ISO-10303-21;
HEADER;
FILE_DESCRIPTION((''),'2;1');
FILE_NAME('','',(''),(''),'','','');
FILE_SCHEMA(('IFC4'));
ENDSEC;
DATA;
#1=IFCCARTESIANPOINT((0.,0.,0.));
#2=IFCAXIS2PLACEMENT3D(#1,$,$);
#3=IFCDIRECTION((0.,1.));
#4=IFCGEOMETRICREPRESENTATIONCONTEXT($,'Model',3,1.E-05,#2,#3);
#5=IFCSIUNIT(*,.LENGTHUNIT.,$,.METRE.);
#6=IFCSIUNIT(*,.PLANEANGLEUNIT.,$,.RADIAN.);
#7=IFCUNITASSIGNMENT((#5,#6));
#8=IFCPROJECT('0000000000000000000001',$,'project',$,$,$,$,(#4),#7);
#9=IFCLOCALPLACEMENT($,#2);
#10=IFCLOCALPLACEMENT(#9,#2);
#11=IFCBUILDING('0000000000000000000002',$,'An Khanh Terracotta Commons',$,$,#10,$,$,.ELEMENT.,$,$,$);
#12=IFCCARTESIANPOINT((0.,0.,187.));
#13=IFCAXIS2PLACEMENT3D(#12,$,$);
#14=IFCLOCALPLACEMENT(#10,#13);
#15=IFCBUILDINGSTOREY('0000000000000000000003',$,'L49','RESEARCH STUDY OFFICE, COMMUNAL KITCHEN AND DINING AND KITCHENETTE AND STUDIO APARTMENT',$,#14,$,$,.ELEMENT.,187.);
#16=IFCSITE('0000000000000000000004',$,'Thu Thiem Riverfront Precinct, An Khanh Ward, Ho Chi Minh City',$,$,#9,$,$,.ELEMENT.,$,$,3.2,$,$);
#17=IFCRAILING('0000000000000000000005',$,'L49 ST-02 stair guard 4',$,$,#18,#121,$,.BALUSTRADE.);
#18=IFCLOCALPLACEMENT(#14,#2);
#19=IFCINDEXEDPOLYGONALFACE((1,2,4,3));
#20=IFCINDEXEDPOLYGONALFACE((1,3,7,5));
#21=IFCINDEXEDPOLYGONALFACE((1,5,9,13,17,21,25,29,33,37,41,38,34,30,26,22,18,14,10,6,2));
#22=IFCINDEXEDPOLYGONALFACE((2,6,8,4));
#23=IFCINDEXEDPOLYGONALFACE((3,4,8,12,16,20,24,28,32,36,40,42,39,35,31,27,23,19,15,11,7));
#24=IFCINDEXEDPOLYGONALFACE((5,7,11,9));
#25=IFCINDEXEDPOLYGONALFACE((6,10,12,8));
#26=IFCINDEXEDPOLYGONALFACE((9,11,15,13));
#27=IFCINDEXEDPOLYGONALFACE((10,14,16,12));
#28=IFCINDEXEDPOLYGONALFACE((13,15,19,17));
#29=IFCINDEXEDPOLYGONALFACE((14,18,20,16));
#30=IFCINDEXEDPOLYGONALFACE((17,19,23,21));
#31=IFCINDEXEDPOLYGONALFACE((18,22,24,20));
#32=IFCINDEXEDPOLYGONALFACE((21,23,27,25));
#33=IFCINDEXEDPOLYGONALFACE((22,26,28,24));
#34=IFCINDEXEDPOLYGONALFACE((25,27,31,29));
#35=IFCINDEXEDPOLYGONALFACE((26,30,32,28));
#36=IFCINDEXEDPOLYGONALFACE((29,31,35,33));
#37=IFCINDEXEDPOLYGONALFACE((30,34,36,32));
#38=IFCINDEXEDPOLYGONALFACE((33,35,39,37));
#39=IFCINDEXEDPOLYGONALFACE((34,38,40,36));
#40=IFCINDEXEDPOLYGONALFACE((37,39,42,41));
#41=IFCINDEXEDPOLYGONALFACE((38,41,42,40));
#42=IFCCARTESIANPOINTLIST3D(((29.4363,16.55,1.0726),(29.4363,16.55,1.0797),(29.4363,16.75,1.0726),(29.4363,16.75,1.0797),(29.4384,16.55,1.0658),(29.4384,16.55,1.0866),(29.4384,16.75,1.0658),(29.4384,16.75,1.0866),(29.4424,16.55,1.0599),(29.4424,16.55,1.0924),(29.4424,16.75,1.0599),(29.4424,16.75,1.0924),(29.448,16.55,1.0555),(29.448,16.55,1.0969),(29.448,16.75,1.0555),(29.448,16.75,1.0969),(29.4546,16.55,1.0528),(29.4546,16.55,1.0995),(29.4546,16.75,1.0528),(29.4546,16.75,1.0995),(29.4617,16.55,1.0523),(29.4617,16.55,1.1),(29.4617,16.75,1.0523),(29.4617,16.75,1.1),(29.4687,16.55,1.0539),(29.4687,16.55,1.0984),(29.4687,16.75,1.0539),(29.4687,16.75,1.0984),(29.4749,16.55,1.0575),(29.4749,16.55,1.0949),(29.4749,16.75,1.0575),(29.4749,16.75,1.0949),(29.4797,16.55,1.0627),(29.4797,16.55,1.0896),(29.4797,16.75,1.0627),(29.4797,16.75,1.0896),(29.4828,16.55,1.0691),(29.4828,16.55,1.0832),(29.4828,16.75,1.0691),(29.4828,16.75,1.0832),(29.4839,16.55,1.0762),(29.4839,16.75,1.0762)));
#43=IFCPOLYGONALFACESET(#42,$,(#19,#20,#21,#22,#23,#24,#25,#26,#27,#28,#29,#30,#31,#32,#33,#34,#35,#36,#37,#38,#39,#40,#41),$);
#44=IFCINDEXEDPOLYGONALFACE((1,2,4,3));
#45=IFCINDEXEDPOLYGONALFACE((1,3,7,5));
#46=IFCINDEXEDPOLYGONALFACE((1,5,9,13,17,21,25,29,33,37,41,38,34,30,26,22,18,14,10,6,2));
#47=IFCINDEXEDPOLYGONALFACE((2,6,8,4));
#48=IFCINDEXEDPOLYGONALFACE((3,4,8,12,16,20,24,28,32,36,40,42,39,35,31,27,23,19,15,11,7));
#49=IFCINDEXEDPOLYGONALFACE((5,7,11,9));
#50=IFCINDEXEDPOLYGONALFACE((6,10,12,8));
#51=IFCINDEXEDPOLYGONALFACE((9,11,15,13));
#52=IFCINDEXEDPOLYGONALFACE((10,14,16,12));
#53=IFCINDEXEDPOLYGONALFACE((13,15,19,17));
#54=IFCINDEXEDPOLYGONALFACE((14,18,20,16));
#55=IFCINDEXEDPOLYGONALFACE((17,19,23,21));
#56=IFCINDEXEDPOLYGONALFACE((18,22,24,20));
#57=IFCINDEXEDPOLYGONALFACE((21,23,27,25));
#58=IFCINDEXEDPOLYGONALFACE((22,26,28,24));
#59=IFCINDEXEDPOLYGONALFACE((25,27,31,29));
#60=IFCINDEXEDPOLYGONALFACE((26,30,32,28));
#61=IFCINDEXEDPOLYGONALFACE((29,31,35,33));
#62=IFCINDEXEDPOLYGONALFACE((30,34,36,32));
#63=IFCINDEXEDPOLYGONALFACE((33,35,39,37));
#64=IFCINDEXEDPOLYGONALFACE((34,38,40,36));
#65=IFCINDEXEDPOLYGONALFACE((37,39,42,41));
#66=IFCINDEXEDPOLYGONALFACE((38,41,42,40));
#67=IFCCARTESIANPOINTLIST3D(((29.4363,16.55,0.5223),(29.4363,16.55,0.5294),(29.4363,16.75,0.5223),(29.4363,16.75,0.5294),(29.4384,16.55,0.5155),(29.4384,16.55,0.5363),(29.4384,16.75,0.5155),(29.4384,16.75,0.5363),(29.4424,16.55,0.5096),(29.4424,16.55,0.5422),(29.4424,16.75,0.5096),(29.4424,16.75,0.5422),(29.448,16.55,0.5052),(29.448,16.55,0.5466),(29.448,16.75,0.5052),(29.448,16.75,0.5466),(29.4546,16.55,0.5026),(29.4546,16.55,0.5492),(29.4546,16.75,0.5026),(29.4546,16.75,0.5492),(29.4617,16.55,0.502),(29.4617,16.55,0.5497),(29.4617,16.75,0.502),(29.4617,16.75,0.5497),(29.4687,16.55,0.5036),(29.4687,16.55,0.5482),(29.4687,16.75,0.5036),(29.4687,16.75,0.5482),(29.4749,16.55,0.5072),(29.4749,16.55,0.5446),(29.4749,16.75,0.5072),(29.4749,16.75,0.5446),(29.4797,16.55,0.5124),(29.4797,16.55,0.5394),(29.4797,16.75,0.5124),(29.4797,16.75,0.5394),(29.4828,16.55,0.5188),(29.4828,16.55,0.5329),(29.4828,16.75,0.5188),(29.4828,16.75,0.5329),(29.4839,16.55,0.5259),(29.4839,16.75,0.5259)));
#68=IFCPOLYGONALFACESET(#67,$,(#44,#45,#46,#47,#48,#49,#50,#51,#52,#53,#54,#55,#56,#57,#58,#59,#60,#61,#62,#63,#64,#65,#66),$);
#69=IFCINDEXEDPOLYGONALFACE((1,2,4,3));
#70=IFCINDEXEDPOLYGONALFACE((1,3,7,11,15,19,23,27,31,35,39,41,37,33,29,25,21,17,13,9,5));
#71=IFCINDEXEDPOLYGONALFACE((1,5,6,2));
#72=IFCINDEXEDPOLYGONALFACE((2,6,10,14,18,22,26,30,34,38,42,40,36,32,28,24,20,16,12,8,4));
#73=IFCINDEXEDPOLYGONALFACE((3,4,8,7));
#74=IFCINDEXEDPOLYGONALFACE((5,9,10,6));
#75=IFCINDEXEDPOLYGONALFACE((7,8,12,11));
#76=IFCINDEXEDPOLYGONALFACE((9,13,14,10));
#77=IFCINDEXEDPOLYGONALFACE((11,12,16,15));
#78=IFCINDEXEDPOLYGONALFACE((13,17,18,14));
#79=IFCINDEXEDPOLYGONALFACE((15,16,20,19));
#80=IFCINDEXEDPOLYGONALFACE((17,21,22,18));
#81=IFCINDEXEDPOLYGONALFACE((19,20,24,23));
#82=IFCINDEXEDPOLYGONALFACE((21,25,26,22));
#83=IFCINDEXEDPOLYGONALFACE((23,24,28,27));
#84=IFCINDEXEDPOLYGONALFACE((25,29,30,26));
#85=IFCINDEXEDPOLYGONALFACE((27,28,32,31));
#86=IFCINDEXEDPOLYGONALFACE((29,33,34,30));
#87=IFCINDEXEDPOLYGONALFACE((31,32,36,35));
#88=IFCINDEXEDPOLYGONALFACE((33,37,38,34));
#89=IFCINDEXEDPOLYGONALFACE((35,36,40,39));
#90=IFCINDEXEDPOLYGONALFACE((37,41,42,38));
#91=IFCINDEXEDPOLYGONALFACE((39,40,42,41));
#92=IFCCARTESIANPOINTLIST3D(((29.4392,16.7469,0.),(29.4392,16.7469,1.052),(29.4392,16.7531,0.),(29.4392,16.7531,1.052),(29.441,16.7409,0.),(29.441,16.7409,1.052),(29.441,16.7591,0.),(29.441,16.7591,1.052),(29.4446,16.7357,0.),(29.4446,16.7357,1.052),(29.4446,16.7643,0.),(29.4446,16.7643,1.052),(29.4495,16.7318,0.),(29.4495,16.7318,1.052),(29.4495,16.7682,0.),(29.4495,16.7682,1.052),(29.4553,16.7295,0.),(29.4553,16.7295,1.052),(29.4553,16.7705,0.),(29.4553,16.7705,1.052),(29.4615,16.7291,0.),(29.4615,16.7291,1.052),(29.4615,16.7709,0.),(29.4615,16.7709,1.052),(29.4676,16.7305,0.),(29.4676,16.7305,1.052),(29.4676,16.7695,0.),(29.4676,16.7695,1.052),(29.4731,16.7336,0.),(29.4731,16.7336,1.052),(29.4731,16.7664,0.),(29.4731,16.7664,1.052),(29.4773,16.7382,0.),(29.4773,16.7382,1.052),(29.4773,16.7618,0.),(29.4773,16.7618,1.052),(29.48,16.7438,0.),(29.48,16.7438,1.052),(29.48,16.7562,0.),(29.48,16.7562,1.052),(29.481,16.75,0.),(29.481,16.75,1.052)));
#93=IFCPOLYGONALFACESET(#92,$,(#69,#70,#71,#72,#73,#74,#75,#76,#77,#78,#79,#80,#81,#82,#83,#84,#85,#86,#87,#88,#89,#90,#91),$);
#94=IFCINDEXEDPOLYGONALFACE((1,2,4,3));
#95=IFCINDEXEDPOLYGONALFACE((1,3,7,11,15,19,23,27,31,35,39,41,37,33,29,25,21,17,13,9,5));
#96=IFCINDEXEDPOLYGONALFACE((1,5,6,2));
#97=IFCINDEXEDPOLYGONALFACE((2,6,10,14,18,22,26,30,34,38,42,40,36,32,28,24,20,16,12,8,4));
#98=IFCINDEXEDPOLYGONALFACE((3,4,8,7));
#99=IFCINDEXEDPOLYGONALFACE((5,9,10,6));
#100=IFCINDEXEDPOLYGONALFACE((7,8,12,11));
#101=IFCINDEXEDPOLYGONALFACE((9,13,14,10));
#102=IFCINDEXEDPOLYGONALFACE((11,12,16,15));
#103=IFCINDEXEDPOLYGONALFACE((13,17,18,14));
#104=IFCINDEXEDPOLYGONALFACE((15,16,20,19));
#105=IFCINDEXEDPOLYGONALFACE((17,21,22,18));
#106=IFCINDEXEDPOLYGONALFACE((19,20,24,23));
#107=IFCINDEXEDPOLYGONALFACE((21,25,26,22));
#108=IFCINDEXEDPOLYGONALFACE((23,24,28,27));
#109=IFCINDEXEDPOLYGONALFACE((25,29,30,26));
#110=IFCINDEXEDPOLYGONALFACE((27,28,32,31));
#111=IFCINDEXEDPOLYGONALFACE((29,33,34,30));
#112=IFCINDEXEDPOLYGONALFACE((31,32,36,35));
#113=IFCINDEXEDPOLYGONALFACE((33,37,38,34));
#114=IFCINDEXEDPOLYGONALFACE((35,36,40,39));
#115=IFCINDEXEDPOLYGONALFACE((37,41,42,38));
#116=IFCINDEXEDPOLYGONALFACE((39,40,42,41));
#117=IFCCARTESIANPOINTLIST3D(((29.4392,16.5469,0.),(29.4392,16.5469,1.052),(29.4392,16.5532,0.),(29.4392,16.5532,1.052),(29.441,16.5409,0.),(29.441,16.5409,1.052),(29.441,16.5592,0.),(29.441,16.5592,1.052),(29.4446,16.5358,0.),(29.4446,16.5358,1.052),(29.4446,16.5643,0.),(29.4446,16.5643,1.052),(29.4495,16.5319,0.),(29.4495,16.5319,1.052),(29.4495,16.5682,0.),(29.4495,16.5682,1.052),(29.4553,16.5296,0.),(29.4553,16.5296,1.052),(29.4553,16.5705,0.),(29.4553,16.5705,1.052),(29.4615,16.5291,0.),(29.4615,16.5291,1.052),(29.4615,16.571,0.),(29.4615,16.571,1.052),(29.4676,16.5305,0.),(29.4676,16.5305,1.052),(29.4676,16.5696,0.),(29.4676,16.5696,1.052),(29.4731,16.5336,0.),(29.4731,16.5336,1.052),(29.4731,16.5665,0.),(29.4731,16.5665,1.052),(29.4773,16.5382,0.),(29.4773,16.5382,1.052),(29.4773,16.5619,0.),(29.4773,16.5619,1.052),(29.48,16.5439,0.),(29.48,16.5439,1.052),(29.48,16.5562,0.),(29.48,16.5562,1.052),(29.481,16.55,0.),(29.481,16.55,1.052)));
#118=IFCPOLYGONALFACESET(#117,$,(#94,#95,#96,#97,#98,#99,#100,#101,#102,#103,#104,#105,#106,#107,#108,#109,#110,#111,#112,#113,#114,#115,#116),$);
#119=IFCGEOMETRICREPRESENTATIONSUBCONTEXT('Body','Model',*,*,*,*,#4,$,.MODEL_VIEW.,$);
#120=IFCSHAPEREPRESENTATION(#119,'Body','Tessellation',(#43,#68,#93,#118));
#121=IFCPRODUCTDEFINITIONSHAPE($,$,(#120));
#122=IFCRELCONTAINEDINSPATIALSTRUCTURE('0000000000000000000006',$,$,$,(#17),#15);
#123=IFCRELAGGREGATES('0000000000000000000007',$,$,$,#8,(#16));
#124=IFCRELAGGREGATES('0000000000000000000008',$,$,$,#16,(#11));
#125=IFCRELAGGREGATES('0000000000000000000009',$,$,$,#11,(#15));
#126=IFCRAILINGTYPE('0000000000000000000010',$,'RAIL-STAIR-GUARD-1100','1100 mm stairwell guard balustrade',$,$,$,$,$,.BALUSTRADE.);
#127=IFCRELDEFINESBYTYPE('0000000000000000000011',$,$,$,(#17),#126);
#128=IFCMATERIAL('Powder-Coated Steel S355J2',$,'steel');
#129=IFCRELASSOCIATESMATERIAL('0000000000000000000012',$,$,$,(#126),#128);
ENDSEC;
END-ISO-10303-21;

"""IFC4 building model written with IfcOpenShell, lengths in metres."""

from ifc_helpers import new_model, si_unit, direction, frame, origin, origin_2d, place, context, subcontext, project, spatial, circle, extrude, material, type_object, element, save


model = new_model("IFC4")

# Units and contexts
model_context = context("Model", 3, precision=1e-05, world=origin(), true_north=direction((0.0, 1.0)))
body_context = subcontext(model_context, "Body", "Model", "MODEL_VIEW")
ifc_project = project(units=[si_unit("LENGTHUNIT", "METRE"), si_unit("PLANEANGLEUNIT", "RADIAN")], contexts=[model_context])

# Site, building, storey
site_placement = place(None, origin())
site = spatial("IfcSite", under=ifc_project, at=site_placement, Name="Thu Thiem Riverfront Precinct, An Khanh Ward, Ho Chi Minh City", CompositionType="ELEMENT", RefElevation=3.2)
building_placement = place(site_placement, origin())
building = spatial("IfcBuilding", under=site, at=building_placement, Name="An Khanh Terracotta Commons", CompositionType="ELEMENT")
storey_placement = place(building_placement, frame((0.0, 0.0, 187.0)))
storey = spatial("IfcBuildingStorey", under=building, at=storey_placement, Name="L49", Description="RESEARCH STUDY OFFICE, COMMUNAL KITCHEN AND DINING AND KITCHENETTE AND STUDIO APARTMENT", CompositionType="ELEMENT", Elevation=187.0)

# Railing
ifc_material_1 = material(Name="Powder-Coated Steel S355J2", Category="steel")
railing_type_1 = type_object("IfcRailingType", Name="RAIL-STAIR-GUARD-1100", Description="1100 mm stairwell guard balustrade", PredefinedType="BALUSTRADE", material=ifc_material_1)
railing_1_placement = place(storey_placement, frame((29.46, 16.75, 0.0)))
element("IfcRailing", 1, at=railing_1_placement, inside=storey, type_object=railing_type_1, Name="L49 ST-02 stair guard 4", PredefinedType="BALUSTRADE", context=body_context, shape_type="SweptSolid", body=[
    extrude(circle(Radius=0.0239, at=origin_2d()), frame((0.0, 0.0, 1.0762), z_axis=(0.0, -1.0, 0.0), x_axis=(1.0, 0.0, 0.0)), (0.0, 0.0, 1.0), 0.2),
    extrude(circle(Radius=0.0239, at=origin_2d()), frame((0.0, 0.0, 0.5259), z_axis=(0.0, -1.0, 0.0), x_axis=(1.0, 0.0, 0.0)), (0.0, 0.0, 1.0), 0.2),
    extrude(circle(Radius=0.021, at=origin_2d()), origin(), (0.0, 0.0, 1.0), 1.052),
    extrude(circle(Radius=0.021, at=origin_2d()), frame((0.0, -0.2, 0.0)), (0.0, 0.0, 1.0), 1.052),
])

save(model, "model.ifc")
